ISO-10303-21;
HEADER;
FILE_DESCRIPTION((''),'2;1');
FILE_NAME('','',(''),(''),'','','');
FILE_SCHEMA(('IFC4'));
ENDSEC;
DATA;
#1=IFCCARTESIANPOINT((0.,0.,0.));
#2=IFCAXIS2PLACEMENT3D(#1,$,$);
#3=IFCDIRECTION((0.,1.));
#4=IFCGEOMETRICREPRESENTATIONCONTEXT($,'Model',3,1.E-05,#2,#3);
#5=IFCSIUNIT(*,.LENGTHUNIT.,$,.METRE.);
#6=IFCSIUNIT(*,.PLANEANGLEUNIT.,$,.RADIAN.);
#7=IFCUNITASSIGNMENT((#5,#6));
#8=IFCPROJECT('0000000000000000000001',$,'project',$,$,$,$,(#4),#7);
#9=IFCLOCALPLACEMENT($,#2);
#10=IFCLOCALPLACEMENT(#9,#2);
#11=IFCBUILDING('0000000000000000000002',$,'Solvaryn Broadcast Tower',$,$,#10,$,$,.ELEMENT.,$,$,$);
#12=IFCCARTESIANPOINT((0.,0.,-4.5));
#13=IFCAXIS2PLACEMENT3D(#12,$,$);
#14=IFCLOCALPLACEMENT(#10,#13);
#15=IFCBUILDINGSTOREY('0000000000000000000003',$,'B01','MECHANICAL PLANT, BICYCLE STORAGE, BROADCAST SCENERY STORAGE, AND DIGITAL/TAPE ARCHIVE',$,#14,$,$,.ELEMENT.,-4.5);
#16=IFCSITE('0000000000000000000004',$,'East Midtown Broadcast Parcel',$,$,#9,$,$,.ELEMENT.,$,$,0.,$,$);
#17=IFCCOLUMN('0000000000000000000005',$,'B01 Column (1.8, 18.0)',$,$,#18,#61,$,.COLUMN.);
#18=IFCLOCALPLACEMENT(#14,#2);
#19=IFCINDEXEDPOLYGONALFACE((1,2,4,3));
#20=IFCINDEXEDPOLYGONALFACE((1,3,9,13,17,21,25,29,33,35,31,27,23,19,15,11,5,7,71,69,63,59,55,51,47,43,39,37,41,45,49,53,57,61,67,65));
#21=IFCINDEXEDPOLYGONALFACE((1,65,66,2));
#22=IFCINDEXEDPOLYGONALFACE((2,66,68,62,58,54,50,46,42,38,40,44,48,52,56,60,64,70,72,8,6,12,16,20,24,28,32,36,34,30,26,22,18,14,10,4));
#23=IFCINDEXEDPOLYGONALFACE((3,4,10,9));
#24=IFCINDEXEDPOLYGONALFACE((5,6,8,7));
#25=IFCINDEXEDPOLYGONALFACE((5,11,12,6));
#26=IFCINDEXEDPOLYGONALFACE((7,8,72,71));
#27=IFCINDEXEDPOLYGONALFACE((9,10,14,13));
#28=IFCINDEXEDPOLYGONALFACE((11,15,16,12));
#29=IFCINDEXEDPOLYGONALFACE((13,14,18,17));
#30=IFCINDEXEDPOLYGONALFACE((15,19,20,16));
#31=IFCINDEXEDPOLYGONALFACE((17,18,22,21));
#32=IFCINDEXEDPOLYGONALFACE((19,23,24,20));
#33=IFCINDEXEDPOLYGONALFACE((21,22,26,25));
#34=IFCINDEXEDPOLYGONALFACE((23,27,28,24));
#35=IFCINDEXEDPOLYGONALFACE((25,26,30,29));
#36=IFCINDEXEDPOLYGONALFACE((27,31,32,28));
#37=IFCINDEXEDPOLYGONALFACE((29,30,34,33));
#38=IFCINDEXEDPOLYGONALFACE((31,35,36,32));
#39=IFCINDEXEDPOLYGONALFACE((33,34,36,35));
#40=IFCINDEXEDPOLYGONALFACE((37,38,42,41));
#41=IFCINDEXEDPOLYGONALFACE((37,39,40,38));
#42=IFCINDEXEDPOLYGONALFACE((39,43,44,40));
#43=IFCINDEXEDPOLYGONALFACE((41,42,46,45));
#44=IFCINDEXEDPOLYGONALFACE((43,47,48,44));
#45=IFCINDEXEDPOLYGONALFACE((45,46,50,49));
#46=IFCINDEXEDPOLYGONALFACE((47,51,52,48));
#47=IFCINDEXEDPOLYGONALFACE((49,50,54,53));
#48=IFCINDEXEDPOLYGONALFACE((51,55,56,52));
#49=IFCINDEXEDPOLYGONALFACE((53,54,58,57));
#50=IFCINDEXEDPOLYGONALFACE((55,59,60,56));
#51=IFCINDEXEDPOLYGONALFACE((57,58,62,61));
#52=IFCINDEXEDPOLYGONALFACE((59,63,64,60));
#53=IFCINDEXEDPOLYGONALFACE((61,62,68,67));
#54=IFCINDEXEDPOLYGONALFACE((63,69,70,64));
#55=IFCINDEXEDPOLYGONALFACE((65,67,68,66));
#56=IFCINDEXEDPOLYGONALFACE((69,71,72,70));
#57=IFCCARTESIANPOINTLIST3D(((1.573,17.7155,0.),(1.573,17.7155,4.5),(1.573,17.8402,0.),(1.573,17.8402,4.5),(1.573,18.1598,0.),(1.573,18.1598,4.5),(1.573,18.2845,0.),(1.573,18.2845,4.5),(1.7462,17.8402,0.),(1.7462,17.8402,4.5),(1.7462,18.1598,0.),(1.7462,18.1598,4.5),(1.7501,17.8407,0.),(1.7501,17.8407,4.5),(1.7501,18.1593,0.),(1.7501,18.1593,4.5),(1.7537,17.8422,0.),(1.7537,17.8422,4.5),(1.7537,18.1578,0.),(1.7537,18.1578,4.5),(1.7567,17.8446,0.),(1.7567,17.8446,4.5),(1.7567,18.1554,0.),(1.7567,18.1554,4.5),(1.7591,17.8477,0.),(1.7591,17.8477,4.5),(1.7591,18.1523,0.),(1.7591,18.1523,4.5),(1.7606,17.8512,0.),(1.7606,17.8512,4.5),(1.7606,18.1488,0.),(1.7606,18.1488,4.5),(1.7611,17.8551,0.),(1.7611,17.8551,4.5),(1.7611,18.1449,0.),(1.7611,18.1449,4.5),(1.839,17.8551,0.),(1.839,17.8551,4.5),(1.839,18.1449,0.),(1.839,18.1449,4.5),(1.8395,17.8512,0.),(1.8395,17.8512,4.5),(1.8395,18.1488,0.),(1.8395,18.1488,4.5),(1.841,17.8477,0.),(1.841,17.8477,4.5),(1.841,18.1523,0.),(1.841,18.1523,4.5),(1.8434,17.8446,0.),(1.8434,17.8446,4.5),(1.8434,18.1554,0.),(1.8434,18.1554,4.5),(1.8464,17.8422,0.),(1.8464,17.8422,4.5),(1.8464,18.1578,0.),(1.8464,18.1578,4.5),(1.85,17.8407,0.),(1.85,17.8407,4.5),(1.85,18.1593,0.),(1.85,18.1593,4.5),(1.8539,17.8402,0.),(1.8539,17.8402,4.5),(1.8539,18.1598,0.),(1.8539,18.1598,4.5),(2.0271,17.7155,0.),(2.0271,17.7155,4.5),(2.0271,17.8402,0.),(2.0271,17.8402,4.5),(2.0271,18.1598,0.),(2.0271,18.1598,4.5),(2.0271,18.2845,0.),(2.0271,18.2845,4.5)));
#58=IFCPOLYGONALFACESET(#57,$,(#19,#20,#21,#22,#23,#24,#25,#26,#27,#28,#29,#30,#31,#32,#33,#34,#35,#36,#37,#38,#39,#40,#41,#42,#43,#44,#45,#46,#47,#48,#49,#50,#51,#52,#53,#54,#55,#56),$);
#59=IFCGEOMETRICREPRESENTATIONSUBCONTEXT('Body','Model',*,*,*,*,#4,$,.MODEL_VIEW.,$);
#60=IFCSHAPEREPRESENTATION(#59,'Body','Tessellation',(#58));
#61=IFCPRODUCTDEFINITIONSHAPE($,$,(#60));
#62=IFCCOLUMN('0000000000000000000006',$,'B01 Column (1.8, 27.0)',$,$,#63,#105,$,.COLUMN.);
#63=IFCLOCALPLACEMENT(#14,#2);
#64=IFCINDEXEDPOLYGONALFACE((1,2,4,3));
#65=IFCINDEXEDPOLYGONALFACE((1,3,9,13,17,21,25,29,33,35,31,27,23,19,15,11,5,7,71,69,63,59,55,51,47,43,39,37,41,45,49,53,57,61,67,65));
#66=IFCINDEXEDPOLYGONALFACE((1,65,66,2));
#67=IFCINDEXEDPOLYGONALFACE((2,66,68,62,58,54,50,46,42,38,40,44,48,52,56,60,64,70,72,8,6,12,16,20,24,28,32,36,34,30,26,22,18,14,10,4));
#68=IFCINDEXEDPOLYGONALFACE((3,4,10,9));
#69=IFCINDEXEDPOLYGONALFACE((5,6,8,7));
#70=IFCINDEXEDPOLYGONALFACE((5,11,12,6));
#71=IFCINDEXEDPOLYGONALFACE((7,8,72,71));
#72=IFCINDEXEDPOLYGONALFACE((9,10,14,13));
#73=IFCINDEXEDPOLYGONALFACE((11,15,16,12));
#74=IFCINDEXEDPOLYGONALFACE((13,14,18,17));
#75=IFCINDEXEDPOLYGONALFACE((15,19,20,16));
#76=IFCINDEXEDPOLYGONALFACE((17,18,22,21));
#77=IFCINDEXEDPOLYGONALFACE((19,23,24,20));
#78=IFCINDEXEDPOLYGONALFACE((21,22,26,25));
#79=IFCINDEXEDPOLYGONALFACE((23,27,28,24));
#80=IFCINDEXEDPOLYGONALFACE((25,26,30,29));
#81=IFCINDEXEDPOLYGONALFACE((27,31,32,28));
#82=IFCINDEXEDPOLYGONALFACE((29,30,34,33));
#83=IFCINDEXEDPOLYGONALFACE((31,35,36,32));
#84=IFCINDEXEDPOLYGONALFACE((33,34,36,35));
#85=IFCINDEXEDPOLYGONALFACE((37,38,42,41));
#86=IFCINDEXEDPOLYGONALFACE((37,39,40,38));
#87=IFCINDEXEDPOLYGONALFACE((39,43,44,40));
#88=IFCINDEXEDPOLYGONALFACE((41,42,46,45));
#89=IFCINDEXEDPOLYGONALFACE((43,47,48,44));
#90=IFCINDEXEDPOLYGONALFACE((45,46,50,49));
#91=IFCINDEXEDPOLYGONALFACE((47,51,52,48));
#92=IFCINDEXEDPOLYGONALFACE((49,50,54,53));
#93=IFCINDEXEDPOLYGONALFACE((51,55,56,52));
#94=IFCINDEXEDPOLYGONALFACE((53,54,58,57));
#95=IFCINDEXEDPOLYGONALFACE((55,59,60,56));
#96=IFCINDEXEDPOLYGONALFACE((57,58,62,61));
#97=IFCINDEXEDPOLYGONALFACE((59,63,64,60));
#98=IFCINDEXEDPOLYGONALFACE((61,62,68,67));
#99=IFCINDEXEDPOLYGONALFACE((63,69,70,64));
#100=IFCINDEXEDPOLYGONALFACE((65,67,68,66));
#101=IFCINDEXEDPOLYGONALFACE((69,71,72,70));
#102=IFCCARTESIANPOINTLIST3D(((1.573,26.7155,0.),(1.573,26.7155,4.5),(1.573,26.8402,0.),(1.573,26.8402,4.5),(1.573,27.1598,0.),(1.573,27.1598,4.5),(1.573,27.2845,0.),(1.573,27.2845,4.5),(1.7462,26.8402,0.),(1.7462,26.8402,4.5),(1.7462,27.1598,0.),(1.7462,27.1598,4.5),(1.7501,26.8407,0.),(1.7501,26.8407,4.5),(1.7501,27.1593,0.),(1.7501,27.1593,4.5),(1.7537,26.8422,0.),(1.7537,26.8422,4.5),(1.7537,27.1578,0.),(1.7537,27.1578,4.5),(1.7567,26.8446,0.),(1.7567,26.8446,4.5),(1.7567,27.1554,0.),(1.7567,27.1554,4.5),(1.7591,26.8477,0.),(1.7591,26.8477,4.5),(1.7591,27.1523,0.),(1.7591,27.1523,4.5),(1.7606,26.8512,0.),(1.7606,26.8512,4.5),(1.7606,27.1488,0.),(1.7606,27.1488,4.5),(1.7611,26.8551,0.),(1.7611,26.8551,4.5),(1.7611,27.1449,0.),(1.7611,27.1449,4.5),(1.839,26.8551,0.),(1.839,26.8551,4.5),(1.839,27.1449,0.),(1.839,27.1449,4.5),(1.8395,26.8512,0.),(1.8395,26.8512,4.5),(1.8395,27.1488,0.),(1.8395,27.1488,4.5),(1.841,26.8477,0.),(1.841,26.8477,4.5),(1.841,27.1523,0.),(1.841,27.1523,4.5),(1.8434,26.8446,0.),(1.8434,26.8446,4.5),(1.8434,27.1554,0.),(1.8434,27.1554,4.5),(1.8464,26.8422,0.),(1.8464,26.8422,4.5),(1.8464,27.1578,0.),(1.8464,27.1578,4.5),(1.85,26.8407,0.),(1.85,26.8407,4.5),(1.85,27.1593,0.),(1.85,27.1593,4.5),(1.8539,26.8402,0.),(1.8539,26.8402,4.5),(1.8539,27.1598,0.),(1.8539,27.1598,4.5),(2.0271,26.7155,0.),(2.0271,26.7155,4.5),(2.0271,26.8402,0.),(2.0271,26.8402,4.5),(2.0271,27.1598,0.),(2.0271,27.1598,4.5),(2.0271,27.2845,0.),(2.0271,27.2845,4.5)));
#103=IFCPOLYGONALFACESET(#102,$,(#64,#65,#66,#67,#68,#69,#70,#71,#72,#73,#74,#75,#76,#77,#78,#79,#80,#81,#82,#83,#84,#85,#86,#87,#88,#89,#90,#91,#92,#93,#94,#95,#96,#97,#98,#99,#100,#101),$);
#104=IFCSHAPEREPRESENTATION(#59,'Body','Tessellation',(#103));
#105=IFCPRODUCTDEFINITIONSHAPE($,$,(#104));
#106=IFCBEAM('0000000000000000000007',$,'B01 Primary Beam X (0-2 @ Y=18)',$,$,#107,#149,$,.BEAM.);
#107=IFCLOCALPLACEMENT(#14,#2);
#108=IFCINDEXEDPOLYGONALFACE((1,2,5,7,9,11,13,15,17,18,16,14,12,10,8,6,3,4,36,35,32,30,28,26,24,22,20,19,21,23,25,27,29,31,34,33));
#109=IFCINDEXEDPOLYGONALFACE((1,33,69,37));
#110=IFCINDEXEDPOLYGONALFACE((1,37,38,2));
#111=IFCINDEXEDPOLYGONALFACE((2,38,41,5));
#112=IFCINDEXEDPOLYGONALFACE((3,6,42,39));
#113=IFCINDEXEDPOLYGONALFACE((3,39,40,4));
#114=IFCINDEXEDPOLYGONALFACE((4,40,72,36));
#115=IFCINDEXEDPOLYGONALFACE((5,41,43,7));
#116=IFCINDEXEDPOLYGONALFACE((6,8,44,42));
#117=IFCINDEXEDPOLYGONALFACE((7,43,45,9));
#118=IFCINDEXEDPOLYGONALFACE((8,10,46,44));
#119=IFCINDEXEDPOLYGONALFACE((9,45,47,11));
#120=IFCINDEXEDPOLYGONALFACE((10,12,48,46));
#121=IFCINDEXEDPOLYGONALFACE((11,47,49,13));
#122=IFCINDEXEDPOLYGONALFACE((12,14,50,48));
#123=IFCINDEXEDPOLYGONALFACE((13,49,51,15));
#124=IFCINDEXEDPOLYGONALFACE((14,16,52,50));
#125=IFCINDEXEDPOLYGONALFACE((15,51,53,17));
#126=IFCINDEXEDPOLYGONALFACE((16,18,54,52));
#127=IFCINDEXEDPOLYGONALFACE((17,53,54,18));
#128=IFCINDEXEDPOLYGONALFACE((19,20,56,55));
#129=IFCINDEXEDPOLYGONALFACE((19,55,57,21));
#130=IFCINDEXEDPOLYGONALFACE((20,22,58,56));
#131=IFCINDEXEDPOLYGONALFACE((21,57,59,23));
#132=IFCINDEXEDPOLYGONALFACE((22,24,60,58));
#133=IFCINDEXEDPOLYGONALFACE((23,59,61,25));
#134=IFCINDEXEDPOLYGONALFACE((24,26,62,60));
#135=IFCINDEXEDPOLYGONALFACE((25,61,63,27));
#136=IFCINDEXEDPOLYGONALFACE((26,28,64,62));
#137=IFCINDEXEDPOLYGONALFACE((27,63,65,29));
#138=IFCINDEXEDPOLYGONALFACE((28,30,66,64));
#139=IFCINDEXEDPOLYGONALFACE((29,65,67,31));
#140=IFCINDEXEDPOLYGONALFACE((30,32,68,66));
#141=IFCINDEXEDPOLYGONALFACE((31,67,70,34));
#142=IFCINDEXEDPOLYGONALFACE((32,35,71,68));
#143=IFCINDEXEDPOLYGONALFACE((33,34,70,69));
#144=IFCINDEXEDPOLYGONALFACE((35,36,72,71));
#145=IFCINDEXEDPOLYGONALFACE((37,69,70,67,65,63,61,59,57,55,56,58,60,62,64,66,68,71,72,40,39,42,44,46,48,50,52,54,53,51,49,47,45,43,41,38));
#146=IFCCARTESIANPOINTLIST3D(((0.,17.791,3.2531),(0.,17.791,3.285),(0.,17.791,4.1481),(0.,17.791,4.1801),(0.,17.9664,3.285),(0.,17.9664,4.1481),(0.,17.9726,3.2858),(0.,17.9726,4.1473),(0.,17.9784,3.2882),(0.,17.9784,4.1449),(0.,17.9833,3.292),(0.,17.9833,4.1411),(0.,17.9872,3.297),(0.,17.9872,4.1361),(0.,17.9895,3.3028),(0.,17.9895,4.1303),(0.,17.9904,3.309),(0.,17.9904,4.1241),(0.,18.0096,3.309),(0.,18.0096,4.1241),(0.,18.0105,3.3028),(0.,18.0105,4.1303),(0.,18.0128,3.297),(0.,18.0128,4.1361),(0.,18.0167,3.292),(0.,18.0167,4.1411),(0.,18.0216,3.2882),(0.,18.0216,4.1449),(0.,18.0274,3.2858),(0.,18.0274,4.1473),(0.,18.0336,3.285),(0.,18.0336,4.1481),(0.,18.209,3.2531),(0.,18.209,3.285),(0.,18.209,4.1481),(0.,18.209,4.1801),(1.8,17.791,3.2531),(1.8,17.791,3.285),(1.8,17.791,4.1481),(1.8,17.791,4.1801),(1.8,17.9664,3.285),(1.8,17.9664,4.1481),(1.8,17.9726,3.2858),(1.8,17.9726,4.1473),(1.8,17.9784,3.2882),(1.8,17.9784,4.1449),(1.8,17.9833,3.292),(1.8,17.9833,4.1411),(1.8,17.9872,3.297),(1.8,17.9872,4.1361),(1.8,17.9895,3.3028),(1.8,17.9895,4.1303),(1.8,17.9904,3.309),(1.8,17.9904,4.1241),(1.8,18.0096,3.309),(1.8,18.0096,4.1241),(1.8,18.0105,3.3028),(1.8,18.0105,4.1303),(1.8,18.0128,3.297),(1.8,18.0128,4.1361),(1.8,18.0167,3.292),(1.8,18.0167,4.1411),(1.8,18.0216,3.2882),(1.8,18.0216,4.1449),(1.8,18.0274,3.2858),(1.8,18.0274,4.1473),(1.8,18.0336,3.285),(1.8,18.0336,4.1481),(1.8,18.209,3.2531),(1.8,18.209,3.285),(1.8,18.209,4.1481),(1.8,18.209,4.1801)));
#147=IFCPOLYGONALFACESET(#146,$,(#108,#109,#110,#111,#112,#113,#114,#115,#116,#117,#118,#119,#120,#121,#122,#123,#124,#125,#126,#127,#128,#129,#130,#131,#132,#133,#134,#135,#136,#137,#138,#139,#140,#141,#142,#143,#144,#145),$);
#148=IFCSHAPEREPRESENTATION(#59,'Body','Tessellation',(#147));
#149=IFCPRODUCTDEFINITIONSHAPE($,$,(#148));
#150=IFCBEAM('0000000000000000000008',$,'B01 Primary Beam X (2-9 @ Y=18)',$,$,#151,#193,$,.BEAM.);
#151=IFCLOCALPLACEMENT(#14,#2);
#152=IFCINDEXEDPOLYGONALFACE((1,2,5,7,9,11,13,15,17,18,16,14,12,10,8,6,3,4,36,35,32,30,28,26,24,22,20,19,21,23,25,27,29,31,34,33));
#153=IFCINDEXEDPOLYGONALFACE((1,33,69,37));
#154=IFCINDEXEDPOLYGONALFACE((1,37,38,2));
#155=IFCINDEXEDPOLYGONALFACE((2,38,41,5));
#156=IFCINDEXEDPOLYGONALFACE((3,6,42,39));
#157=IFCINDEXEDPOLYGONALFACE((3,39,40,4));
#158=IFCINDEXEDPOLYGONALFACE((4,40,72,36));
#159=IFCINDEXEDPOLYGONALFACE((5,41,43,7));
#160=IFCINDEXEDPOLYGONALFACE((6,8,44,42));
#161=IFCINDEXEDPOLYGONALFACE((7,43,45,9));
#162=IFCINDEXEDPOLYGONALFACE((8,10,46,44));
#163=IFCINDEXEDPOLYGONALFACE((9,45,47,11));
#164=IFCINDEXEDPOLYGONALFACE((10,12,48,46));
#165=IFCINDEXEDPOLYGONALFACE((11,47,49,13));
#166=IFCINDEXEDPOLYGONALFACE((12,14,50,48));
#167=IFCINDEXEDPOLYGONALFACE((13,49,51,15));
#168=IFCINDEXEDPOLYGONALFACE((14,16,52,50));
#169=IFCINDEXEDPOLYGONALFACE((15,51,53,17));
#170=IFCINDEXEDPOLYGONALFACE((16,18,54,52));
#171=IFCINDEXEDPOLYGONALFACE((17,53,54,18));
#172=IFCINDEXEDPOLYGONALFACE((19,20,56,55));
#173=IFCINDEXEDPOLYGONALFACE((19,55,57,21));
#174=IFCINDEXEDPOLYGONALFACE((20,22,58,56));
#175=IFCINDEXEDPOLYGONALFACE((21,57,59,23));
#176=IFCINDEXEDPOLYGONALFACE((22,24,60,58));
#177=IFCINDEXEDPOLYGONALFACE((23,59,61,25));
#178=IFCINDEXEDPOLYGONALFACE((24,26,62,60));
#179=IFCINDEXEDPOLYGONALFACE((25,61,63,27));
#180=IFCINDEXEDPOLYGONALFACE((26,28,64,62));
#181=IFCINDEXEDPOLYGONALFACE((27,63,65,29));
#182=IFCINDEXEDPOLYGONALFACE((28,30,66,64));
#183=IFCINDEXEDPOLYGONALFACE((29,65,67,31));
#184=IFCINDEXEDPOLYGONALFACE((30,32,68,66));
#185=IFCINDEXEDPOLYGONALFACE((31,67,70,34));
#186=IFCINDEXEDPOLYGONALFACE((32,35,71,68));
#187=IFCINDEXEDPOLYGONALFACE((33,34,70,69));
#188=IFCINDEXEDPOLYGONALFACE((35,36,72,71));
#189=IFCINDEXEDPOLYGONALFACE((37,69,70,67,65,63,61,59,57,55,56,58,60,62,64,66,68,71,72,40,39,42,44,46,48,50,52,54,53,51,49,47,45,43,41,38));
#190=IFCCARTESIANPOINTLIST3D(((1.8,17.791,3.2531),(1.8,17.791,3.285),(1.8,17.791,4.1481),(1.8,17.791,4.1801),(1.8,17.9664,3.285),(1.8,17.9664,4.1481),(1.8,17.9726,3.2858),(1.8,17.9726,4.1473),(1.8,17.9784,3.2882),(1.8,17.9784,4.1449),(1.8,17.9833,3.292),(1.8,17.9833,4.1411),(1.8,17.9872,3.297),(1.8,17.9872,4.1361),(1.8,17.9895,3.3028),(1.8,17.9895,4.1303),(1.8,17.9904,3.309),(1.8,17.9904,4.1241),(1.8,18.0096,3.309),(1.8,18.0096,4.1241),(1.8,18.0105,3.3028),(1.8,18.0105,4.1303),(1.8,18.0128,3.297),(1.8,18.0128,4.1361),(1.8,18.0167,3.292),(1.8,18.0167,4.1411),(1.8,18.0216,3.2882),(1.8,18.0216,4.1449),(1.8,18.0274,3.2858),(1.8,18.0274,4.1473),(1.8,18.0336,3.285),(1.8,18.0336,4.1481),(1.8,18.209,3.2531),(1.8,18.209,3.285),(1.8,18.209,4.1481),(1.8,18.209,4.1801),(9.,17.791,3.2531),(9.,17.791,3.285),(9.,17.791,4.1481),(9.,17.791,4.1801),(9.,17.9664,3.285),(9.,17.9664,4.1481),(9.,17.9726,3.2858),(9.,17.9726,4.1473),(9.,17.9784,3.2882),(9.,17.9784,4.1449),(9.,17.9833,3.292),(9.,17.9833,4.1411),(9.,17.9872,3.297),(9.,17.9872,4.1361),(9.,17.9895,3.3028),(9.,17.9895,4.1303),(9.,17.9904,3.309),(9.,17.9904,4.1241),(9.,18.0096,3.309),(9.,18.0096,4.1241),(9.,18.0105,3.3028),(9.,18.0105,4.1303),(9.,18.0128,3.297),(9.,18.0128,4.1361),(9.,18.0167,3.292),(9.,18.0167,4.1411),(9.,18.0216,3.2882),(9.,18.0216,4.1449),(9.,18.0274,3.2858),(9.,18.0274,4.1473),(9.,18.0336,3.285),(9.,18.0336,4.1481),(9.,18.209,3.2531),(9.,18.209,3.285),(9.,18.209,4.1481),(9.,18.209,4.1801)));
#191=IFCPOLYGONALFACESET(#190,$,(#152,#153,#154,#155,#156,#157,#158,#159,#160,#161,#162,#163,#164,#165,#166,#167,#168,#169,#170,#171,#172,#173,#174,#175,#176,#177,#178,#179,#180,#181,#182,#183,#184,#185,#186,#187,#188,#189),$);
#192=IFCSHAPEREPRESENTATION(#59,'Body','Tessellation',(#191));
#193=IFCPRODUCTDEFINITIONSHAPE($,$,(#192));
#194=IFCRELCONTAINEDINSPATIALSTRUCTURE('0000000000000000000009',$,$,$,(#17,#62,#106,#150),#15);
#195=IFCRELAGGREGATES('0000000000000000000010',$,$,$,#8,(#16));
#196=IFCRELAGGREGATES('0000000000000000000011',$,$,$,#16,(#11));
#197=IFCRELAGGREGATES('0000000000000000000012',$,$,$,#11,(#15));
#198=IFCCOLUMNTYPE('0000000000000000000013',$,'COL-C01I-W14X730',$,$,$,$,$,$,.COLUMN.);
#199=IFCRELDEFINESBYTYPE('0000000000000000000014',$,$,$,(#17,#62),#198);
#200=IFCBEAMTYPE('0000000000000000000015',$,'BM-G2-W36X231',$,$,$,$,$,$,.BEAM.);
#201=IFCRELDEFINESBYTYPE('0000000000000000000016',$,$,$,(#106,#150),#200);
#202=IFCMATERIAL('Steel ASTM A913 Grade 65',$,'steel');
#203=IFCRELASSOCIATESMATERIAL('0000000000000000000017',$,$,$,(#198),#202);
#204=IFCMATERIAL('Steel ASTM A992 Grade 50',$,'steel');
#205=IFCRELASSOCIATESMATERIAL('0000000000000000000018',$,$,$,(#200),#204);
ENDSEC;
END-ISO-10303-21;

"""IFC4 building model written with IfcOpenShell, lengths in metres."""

from ifc_helpers import new_model, si_unit, direction, frame, origin, origin_2d, place, context, subcontext, project, spatial, i_section, extrude, material, material_profile, profile_set, type_object, element, save


model = new_model("IFC4")

# Units and contexts
model_context = context("Model", 3, precision=1e-05, world=origin(), true_north=direction((0.0, 1.0)))
body_context = subcontext(model_context, "Body", "Model", "MODEL_VIEW")
ifc_project = project(units=[si_unit("LENGTHUNIT", "METRE"), si_unit("PLANEANGLEUNIT", "RADIAN")], contexts=[model_context])

# Site, building, storey
site_placement = place(None, origin())
site = spatial("IfcSite", under=ifc_project, at=site_placement, Name="East Midtown Broadcast Parcel", CompositionType="ELEMENT", RefElevation=0.0)
building_placement = place(site_placement, origin())
building = spatial("IfcBuilding", under=site, at=building_placement, Name="Solvaryn Broadcast Tower", CompositionType="ELEMENT")
storey_placement = place(building_placement, frame((0.0, 0.0, -4.5)))
storey = spatial("IfcBuildingStorey", under=building, at=storey_placement, Name="B01", Description="MECHANICAL PLANT, BICYCLE STORAGE, BROADCAST SCENERY STORAGE, AND DIGITAL/TAPE ARCHIVE", CompositionType="ELEMENT", Elevation=-4.5)

# Columns
ifc_material_1 = material(Name="Steel ASTM A913 Grade 65", Category="steel")
ifc_material_profile_1 = material_profile(ifc_material_1, i_section(OverallWidth=0.4541, OverallDepth=0.5691, WebThickness=0.0779, FlangeThickness=0.1248, FilletRadius=0.0149, at=origin_2d()))
ifc_profile_set_1 = profile_set([ifc_material_profile_1], Name="Steel ASTM A913 Grade 65")
column_type_1 = type_object("IfcColumnType", Name="COL-C01I-W14X730", PredefinedType="COLUMN", material=ifc_profile_set_1)
for number, where, z_axis, x_axis, name in (
    (1, (1.8, 18.0, 0.0), (0.0, 0.0, 1.0), (1.0, 0.0, 0.0), "B01 Column (1.8, 18.0)"),
    (2, (1.8, 27.0, 0.0), (0.0, 0.0, 1.0), (1.0, 0.0, 0.0), "B01 Column (1.8, 27.0)"),
):
    element("IfcColumn", number, at=place(storey_placement, frame(where, z_axis=z_axis, x_axis=x_axis)), inside=storey, type_object=column_type_1, Name=name, PredefinedType="COLUMN", context=body_context, shape_type="SweptSolid", body=[
        extrude(i_section(OverallWidth=0.4541, OverallDepth=0.5691, WebThickness=0.0779, FlangeThickness=0.1248, FilletRadius=0.0149, at=origin_2d()), origin(), (0.0, 0.0, 1.0), 4.5),
    ])

# Beams
ifc_material_2 = material(Name="Steel ASTM A992 Grade 50", Category="steel")
ifc_material_profile_2 = material_profile(ifc_material_2, i_section(OverallWidth=0.418, OverallDepth=0.927, WebThickness=0.0193, FlangeThickness=0.032, FilletRadius=0.0239, at=origin_2d()))
ifc_profile_set_2 = profile_set([ifc_material_profile_2], Name="Steel ASTM A992 Grade 50")
beam_type_1 = type_object("IfcBeamType", Name="BM-G2-W36X231", PredefinedType="BEAM", material=ifc_profile_set_2)
beam_1_placement = place(storey_placement, frame((0.0, 18.0, 3.7166), z_axis=(1.0, 0.0, 0.0), x_axis=(0.0, 1.0, 0.0)))
element("IfcBeam", 3, at=beam_1_placement, inside=storey, type_object=beam_type_1, Name="B01 Primary Beam X (0-2 @ Y=18)", PredefinedType="BEAM", context=body_context, shape_type="SweptSolid", body=[
    extrude(i_section(OverallWidth=0.418, OverallDepth=0.927, WebThickness=0.0193, FlangeThickness=0.032, FilletRadius=0.0239, at=origin_2d()), origin(), (0.0, 0.0, 1.0), 1.8),
])
beam_2_placement = place(storey_placement, frame((1.8, 18.0, 3.7166), z_axis=(1.0, 0.0, 0.0), x_axis=(0.0, 1.0, 0.0)))
element("IfcBeam", 4, at=beam_2_placement, inside=storey, type_object=beam_type_1, Name="B01 Primary Beam X (2-9 @ Y=18)", PredefinedType="BEAM", context=body_context, shape_type="SweptSolid", body=[
    extrude(i_section(OverallWidth=0.418, OverallDepth=0.927, WebThickness=0.0193, FlangeThickness=0.032, FilletRadius=0.0239, at=origin_2d()), origin(), (0.0, 0.0, 1.0), 7.2),
])

save(model, "model.ifc")
